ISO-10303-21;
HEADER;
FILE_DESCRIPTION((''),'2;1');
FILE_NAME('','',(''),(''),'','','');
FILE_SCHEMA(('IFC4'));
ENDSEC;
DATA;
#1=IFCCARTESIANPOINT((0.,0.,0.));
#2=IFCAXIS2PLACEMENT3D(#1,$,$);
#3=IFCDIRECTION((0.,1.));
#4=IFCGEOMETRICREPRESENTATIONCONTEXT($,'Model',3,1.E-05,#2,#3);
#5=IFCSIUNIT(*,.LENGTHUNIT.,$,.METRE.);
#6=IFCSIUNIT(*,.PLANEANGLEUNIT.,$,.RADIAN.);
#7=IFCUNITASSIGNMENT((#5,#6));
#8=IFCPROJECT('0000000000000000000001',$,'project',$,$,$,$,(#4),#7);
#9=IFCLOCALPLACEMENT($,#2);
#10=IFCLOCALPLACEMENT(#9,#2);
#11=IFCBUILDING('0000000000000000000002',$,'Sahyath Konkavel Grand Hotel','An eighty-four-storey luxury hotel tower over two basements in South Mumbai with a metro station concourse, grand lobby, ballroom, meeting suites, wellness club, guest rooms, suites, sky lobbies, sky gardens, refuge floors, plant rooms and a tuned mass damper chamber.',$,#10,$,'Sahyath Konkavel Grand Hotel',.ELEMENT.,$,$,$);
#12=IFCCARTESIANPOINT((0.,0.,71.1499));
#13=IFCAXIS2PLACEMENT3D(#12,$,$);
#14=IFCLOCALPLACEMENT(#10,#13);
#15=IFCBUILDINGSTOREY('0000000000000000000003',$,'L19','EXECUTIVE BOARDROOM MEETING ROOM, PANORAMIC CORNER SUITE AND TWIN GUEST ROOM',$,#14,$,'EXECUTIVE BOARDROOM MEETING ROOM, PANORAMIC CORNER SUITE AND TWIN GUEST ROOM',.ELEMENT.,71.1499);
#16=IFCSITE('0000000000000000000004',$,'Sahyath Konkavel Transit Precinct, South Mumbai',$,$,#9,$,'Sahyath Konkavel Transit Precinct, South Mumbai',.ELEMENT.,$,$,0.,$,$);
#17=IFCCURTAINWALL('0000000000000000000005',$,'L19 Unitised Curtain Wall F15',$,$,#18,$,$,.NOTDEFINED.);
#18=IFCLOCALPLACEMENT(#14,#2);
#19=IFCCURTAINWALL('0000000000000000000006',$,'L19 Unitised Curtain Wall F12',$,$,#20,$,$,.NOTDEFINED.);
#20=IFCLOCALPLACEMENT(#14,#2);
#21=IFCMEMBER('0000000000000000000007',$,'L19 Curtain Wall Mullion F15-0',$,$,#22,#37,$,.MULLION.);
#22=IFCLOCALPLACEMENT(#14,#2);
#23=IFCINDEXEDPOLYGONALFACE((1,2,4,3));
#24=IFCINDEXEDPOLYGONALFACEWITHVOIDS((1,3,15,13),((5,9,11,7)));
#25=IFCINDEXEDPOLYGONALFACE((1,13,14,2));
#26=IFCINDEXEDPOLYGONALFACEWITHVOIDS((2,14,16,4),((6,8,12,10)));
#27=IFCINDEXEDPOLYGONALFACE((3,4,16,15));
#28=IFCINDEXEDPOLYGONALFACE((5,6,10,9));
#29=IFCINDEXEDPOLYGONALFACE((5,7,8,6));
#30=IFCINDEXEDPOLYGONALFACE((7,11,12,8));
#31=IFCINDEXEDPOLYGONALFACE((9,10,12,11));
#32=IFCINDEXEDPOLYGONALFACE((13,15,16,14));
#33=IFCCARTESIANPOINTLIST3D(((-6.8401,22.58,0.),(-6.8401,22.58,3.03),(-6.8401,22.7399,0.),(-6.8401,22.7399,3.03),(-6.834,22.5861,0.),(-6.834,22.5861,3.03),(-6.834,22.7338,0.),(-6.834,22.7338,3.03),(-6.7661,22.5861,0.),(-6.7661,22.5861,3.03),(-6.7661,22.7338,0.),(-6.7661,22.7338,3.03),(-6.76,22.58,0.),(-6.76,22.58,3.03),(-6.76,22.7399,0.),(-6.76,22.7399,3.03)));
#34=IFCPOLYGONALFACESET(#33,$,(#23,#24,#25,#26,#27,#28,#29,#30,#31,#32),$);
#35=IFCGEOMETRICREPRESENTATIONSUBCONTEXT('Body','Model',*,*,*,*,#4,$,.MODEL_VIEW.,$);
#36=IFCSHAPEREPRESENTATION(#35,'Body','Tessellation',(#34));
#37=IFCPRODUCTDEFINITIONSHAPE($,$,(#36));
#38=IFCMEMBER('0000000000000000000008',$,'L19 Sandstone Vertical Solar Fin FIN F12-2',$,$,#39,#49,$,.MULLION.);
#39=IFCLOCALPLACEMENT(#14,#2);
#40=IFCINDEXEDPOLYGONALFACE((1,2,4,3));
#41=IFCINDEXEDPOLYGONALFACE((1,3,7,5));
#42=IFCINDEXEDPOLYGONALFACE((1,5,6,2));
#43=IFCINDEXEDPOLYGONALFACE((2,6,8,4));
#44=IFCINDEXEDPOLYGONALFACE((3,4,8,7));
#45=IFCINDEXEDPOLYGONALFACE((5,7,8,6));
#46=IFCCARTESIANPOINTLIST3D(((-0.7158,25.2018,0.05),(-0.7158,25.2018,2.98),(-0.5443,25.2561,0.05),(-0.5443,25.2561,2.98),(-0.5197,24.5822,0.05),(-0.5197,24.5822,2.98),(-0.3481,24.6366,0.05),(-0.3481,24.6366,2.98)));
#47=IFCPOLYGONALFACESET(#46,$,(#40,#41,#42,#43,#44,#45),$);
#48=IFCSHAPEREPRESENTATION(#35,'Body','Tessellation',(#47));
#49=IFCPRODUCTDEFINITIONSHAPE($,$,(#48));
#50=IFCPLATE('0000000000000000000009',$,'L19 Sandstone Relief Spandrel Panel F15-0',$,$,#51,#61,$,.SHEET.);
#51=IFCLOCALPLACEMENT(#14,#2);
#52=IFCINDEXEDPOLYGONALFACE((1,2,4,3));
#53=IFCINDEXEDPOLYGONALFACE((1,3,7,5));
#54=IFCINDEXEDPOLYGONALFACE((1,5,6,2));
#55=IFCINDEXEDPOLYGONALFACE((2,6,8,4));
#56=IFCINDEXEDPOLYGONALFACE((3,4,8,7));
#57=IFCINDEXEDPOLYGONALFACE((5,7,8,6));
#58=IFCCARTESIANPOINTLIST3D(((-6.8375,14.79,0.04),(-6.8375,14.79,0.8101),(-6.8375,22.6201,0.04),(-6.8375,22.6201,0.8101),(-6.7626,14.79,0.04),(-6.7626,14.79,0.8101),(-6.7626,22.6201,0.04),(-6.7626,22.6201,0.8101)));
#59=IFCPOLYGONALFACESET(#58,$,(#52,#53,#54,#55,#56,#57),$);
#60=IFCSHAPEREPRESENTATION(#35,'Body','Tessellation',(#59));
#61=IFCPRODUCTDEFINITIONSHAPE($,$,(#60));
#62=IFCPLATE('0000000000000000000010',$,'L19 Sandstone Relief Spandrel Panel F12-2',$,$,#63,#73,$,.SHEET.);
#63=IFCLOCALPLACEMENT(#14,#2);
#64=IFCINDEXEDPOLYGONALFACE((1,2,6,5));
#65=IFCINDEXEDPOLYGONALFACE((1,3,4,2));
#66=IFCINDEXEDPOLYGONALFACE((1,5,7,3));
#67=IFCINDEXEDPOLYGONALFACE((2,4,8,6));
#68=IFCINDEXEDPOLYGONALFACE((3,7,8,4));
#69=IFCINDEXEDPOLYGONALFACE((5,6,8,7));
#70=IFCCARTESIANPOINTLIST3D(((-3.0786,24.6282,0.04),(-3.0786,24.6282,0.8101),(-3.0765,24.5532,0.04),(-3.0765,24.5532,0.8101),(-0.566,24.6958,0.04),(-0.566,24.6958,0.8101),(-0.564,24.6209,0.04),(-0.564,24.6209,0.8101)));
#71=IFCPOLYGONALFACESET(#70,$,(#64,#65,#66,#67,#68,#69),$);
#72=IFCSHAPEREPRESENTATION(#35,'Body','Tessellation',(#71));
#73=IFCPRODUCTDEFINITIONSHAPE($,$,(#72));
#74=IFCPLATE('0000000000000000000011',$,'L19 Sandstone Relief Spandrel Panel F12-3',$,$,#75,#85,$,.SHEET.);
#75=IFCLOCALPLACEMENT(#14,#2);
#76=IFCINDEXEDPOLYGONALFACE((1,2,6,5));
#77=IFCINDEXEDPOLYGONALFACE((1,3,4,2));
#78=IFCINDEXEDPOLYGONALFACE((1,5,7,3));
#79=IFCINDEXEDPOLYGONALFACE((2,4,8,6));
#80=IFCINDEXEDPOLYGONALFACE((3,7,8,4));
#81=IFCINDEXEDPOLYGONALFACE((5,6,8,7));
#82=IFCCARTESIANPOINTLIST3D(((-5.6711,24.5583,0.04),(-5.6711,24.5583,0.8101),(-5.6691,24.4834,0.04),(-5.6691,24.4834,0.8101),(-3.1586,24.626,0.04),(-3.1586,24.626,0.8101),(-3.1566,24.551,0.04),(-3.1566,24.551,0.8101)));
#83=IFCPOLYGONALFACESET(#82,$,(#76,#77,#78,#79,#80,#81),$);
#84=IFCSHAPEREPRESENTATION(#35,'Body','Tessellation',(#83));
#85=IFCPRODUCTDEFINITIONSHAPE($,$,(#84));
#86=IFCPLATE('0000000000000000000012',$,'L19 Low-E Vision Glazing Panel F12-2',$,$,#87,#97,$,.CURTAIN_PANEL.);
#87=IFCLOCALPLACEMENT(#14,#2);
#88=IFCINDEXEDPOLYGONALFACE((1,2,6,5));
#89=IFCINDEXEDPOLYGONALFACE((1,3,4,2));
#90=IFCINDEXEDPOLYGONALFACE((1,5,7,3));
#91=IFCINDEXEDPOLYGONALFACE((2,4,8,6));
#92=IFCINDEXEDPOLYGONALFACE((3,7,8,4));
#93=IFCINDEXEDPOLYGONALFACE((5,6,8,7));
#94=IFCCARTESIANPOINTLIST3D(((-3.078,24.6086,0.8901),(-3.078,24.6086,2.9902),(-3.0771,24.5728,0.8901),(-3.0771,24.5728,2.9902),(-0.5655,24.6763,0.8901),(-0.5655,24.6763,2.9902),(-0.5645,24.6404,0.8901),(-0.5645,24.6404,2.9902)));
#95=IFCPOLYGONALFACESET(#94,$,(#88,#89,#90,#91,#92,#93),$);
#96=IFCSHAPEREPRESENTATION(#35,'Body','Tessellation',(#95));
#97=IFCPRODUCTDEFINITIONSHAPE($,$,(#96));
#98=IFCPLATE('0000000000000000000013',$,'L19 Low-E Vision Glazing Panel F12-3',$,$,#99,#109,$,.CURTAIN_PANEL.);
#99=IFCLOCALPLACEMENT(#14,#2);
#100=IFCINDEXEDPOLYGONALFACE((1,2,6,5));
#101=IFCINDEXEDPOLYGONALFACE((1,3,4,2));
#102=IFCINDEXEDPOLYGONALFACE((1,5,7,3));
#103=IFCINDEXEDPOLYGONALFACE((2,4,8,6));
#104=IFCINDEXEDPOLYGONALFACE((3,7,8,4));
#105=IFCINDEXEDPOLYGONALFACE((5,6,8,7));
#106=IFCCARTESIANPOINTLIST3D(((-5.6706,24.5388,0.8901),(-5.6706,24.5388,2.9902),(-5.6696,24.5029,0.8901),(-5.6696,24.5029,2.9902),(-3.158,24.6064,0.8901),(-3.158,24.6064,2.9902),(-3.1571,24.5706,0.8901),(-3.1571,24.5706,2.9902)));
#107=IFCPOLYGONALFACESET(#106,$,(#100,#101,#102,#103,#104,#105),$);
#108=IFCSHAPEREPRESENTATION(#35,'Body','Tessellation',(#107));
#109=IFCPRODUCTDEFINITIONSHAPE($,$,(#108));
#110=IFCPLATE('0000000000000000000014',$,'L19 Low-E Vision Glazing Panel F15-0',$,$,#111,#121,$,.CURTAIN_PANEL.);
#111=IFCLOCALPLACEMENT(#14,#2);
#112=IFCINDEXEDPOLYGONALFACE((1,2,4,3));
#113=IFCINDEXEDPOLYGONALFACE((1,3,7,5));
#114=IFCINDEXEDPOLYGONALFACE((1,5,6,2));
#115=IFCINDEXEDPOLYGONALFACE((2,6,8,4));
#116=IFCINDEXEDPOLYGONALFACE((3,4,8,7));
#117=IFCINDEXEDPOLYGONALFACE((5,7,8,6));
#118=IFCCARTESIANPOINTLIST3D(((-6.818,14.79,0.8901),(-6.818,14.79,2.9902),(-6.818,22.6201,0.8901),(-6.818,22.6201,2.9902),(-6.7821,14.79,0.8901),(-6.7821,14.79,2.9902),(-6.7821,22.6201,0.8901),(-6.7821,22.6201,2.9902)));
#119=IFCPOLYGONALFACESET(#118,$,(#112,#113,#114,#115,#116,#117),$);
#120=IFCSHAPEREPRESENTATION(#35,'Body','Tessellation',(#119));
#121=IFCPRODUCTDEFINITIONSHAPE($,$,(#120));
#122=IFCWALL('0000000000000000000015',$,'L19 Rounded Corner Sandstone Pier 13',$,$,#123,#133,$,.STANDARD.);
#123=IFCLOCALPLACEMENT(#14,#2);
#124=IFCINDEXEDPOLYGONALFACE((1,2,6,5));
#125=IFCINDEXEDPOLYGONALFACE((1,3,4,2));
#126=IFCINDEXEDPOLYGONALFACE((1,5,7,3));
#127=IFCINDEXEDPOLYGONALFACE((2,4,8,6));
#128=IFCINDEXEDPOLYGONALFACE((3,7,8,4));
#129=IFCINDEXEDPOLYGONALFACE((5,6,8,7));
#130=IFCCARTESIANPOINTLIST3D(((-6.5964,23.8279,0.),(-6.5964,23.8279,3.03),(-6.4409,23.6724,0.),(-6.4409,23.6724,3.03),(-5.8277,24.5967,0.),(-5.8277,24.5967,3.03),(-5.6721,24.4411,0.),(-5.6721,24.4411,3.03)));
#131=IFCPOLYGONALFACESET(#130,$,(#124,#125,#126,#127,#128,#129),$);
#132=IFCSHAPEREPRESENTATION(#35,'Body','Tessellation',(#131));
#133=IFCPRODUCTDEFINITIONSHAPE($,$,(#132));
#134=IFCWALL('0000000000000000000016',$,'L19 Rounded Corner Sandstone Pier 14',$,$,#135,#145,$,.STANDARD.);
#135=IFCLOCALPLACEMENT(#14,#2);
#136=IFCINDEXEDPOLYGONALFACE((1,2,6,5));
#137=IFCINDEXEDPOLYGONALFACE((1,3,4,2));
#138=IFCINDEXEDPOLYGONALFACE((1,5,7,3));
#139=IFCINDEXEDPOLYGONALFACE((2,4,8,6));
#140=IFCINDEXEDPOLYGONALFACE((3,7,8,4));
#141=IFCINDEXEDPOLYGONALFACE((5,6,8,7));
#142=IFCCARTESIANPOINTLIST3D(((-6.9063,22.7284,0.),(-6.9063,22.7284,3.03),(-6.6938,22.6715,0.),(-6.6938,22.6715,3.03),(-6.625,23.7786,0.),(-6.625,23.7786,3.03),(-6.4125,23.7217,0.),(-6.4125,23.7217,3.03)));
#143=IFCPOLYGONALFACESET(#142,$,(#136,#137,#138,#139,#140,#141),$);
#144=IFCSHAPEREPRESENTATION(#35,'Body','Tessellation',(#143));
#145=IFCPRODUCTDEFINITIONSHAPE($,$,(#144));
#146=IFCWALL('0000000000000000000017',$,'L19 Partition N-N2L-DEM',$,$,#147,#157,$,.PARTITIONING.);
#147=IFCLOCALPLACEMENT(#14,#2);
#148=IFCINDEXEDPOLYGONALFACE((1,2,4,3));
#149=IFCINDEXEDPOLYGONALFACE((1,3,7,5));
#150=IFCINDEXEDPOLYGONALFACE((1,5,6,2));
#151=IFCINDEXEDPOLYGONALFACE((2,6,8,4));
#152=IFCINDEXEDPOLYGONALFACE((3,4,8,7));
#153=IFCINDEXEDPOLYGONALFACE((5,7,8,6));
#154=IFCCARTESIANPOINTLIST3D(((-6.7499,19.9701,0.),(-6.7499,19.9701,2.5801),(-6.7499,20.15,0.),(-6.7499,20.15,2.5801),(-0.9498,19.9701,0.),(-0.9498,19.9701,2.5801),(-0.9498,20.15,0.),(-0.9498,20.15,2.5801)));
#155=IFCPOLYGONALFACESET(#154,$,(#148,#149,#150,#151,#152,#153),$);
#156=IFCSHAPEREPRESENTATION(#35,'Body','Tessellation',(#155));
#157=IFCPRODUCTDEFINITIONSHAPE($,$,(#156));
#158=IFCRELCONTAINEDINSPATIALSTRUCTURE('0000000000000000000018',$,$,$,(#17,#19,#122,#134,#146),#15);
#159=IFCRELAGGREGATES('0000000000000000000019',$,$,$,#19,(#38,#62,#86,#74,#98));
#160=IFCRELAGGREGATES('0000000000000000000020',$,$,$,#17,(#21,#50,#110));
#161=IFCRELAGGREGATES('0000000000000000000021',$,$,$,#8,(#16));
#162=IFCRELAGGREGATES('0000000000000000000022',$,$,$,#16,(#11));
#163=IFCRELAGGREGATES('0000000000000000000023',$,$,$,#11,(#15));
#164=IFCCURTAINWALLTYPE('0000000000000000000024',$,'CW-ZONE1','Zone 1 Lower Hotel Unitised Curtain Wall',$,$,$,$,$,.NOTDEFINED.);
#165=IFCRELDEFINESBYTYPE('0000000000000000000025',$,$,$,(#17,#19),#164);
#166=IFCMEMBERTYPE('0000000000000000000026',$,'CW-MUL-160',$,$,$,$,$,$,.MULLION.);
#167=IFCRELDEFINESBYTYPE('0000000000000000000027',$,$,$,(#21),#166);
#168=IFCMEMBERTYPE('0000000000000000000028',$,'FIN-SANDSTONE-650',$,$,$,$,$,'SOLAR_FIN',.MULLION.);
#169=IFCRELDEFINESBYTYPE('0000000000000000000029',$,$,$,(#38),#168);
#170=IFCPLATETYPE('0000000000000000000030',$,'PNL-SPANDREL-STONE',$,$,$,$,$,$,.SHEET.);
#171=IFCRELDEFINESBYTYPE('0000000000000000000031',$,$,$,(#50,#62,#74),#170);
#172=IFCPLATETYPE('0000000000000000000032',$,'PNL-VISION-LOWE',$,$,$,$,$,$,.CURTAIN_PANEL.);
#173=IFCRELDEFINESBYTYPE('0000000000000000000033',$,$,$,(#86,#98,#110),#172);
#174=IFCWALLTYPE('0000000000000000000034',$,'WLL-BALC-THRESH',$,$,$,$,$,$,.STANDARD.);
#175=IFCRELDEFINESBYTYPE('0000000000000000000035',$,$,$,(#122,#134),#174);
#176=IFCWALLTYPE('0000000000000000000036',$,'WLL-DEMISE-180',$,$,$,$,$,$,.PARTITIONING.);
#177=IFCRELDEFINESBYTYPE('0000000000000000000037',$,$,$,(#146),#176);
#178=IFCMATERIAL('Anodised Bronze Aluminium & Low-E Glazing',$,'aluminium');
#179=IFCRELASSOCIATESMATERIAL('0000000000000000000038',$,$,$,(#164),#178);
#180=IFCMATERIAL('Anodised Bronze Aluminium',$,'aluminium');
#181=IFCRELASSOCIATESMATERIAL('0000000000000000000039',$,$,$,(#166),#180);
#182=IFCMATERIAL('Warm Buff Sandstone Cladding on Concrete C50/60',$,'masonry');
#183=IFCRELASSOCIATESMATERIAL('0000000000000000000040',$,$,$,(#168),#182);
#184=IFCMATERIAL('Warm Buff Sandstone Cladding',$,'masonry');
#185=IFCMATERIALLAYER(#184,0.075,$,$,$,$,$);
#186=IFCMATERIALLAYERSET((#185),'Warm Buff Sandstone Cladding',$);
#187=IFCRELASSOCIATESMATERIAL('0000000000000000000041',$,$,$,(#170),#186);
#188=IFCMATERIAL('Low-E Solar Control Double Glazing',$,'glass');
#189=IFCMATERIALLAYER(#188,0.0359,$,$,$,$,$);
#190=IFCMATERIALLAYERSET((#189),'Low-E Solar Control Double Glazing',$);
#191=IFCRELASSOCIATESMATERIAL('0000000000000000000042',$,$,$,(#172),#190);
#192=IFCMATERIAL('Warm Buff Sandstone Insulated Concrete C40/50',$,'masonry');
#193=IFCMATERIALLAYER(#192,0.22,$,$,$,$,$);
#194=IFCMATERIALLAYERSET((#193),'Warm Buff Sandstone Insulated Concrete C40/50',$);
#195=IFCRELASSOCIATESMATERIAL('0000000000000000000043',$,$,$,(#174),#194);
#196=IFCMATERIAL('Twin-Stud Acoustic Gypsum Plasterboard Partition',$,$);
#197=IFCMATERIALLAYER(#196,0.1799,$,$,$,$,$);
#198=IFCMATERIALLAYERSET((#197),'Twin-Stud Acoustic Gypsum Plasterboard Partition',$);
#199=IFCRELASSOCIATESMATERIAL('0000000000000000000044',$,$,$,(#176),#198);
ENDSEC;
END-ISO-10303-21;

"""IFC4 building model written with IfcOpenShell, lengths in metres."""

from ifc_helpers import new_model, si_unit, direction, frame, frame_2d, origin, origin_2d, place, context, subcontext, project, spatial, rectangle, hollow_rectangle, extrude, source, transform, mapped, material, layer, layer_set, material_profile, profile_set, type_object, element, aggregate, save


model = new_model("IFC4")

# Units and contexts
model_context = context("Model", 3, precision=1e-05, world=origin(), true_north=direction((0.0, 1.0)))
body_context = subcontext(model_context, "Body", "Model", "MODEL_VIEW")
ifc_project = project(units=[si_unit("LENGTHUNIT", "METRE"), si_unit("PLANEANGLEUNIT", "RADIAN")], contexts=[model_context])

# Site, building, storey
site_placement = place(None, origin())
site = spatial("IfcSite", under=ifc_project, at=site_placement, Name="Sahyath Konkavel Transit Precinct, South Mumbai", LongName="Sahyath Konkavel Transit Precinct, South Mumbai", CompositionType="ELEMENT", RefElevation=0.0)
building_placement = place(site_placement, origin())
building = spatial("IfcBuilding", under=site, at=building_placement, Name="Sahyath Konkavel Grand Hotel", Description="An eighty-four-storey luxury hotel tower over two basements in South Mumbai with a metro station concourse, grand lobby, ballroom, meeting suites, wellness club, guest rooms, suites, sky lobbies, sky gardens, refuge floors, plant rooms and a tuned mass damper chamber.", LongName="Sahyath Konkavel Grand Hotel", CompositionType="ELEMENT")
storey_placement = place(building_placement, frame((0.0, 0.0, 71.1499)))
storey = spatial("IfcBuildingStorey", under=building, at=storey_placement, Name="L19", Description="EXECUTIVE BOARDROOM MEETING ROOM, PANORAMIC CORNER SUITE AND TWIN GUEST ROOM", LongName="EXECUTIVE BOARDROOM MEETING ROOM, PANORAMIC CORNER SUITE AND TWIN GUEST ROOM", CompositionType="ELEMENT", Elevation=71.1499)

# Curtain wall
ifc_material_1 = material(Name="Anodised Bronze Aluminium & Low-E Glazing", Category="aluminium")
curtain_wall_type = type_object("IfcCurtainWallType", Name="CW-ZONE1", Description="Zone 1 Lower Hotel Unitised Curtain Wall", PredefinedType="NOTDEFINED", material=ifc_material_1)
curtain_wall_1_placement = place(storey_placement, origin())
curtain_wall_1 = element("IfcCurtainWall", 1, at=curtain_wall_1_placement, inside=storey, type_object=curtain_wall_type, Name="L19 Unitised Curtain Wall F15", PredefinedType="NOTDEFINED")
ifc_material_2 = material(Name="Anodised Bronze Aluminium", Category="aluminium")

# Curtain wall
curtain_wall_2_placement = place(storey_placement, origin())
curtain_wall_2 = element("IfcCurtainWall", 2, at=curtain_wall_2_placement, inside=storey, type_object=curtain_wall_type, Name="L19 Unitised Curtain Wall F12", PredefinedType="NOTDEFINED")
ifc_material_profile_1 = material_profile(ifc_material_2, hollow_rectangle(XDim=0.0801, YDim=0.1599, WallThickness=0.0061, at=origin_2d()), Name="RHS 160x80x6")
ifc_profile_set_1 = profile_set([ifc_material_profile_1], Name="Anodised Bronze Aluminium")
member_type_1 = type_object("IfcMemberType", Name="CW-MUL-160", PredefinedType="MULLION", material=ifc_profile_set_1)
shared_shape_1 = source(origin(), body_context, "Body", "SweptSolid", [
    extrude(hollow_rectangle(XDim=0.0801, YDim=0.1599, WallThickness=0.0061, at=origin_2d()), origin(), (0.0, 0.0, 1.0), 3.03),
])

# Members
member_1_placement = place(storey_placement, frame((-6.8, 22.6599, 0.0), z_axis=(0.0, 0.0, 1.0), x_axis=(1.0, 0.0, 0.0)))
member_1 = element("IfcMember", 3, at=member_1_placement, type_object=member_type_1, Name="L19 Curtain Wall Mullion F15-0", PredefinedType="MULLION", context=body_context, shape_type="MappedRepresentation", body=[
    mapped(shared_shape_1, transform((0.0, 0.0, 0.0), scale=1.0)),
])
ifc_material_3 = material(Name="Warm Buff Sandstone Cladding on Concrete C50/60", Category="masonry")
ifc_material_profile_2 = material_profile(ifc_material_3, rectangle(XDim=0.1799, YDim=0.6499, at=origin_2d()), Name="FIN 180x650")
ifc_profile_set_2 = profile_set([ifc_material_profile_2], Name="Warm Buff Sandstone Cladding on Concrete C50/60")
member_type_2 = type_object("IfcMemberType", Name="FIN-SANDSTONE-650", ElementType="SOLAR_FIN", PredefinedType="MULLION", material=ifc_profile_set_2)
shared_shape_2 = source(origin(), body_context, "Body", "SweptSolid", [
    extrude(rectangle(XDim=0.1799, YDim=0.6499, at=origin_2d()), origin(), (0.0, 0.0, 1.0), 2.9299),
])
member_2_placement = place(storey_placement, frame((-0.532, 24.9192, 0.05), z_axis=(0.0, 0.0, 1.0), x_axis=(0.953349, 0.301871, 0.0)))
member_2 = element("IfcMember", 4, at=member_2_placement, type_object=member_type_2, Name="L19 Sandstone Vertical Solar Fin FIN F12-2", PredefinedType="MULLION", context=body_context, shape_type="MappedRepresentation", body=[
    mapped(shared_shape_2, transform((0.0, 0.0, 0.0), scale=1.0)),
])

# Plates
ifc_material_4 = material(Name="Warm Buff Sandstone Cladding", Category="masonry")
ifc_layer_1 = layer(ifc_material_4, 0.075)
ifc_layer_set_1 = layer_set([ifc_layer_1], Name="Warm Buff Sandstone Cladding")
plate_type_1 = type_object("IfcPlateType", Name="PNL-SPANDREL-STONE", PredefinedType="SHEET", material=ifc_layer_set_1)
shared_shape_3 = source(origin(), body_context, "Body", "SweptSolid", [
    extrude(rectangle(XDim=7.8301, YDim=0.075, at=origin_2d()), origin(), (0.0, 0.0, 1.0), 0.77),
])
plate_1_placement = place(storey_placement, frame((-6.8, 18.7051, 0.04), z_axis=(0.0, 0.0, 1.0), x_axis=(0.0, -1.0, 0.0)))
plate_1 = element("IfcPlate", 5, at=plate_1_placement, type_object=plate_type_1, Name="L19 Sandstone Relief Spandrel Panel F15-0", PredefinedType="SHEET", context=body_context, shape_type="MappedRepresentation", body=[
    mapped(shared_shape_3, transform((0.0, 0.0, 0.0), scale=1.0)),
])
shared_shape_4 = source(origin(), body_context, "Body", "SweptSolid", [
    extrude(rectangle(XDim=2.5134, YDim=0.075, at=origin_2d()), origin(), (0.0, 0.0, 1.0), 0.77),
])
plate_2_placement = place(storey_placement, frame((-1.8213, 24.6245, 0.04), z_axis=(0.0, 0.0, 1.0), x_axis=(-0.999638, -0.02691, 0.0)))
plate_2 = element("IfcPlate", 6, at=plate_2_placement, type_object=plate_type_1, Name="L19 Sandstone Relief Spandrel Panel F12-2", PredefinedType="SHEET", context=body_context, shape_type="MappedRepresentation", body=[
    mapped(shared_shape_4, transform((0.0, 0.0, 0.0), scale=1.0)),
])
plate_3_placement = place(storey_placement, frame((-4.4138, 24.5547, 0.04), z_axis=(0.0, 0.0, 1.0), x_axis=(-0.999638, -0.02691, 0.0)))
plate_3 = element("IfcPlate", 7, at=plate_3_placement, type_object=plate_type_1, Name="L19 Sandstone Relief Spandrel Panel F12-3", PredefinedType="SHEET", context=body_context, shape_type="MappedRepresentation", body=[
    mapped(shared_shape_4, transform((0.0, 0.0, 0.0), scale=1.0)),
])
ifc_material_5 = material(Name="Low-E Solar Control Double Glazing", Category="glass")
ifc_layer_2 = layer(ifc_material_5, 0.0359)
ifc_layer_set_2 = layer_set([ifc_layer_2], Name="Low-E Solar Control Double Glazing")
plate_type_2 = type_object("IfcPlateType", Name="PNL-VISION-LOWE", PredefinedType="CURTAIN_PANEL", material=ifc_layer_set_2)
shared_shape_5 = source(origin(), body_context, "Body", "SweptSolid", [
    extrude(rectangle(XDim=2.5134, YDim=0.0359, at=origin_2d()), origin(), (0.0, 0.0, 1.0), 2.1001),
])
plate_4_placement = place(storey_placement, frame((-1.8213, 24.6245, 0.8901), z_axis=(0.0, 0.0, 1.0), x_axis=(-0.999638, -0.02691, 0.0)))
plate_4 = element("IfcPlate", 8, at=plate_4_placement, type_object=plate_type_2, Name="L19 Low-E Vision Glazing Panel F12-2", PredefinedType="CURTAIN_PANEL", context=body_context, shape_type="MappedRepresentation", body=[
    mapped(shared_shape_5, transform((0.0, 0.0, 0.0), scale=1.0)),
])
plate_5_placement = place(storey_placement, frame((-4.4138, 24.5547, 0.8901), z_axis=(0.0, 0.0, 1.0), x_axis=(-0.999638, -0.02691, 0.0)))
plate_5 = element("IfcPlate", 9, at=plate_5_placement, type_object=plate_type_2, Name="L19 Low-E Vision Glazing Panel F12-3", PredefinedType="CURTAIN_PANEL", context=body_context, shape_type="MappedRepresentation", body=[
    mapped(shared_shape_5, transform((0.0, 0.0, 0.0), scale=1.0)),
])
aggregate(curtain_wall_2, [member_2, plate_2, plate_4, plate_3, plate_5])
shared_shape_6 = source(origin(), body_context, "Body", "SweptSolid", [
    extrude(rectangle(XDim=7.8301, YDim=0.0359, at=origin_2d()), origin(), (0.0, 0.0, 1.0), 2.1001),
])
plate_6_placement = place(storey_placement, frame((-6.8, 18.7051, 0.8901), z_axis=(0.0, 0.0, 1.0), x_axis=(0.0, -1.0, 0.0)))
plate_6 = element("IfcPlate", 10, at=plate_6_placement, type_object=plate_type_2, Name="L19 Low-E Vision Glazing Panel F15-0", PredefinedType="CURTAIN_PANEL", context=body_context, shape_type="MappedRepresentation", body=[
    mapped(shared_shape_6, transform((0.0, 0.0, 0.0), scale=1.0)),
])
aggregate(curtain_wall_1, [member_1, plate_1, plate_6])

# Walls
ifc_material_6 = material(Name="Warm Buff Sandstone Insulated Concrete C40/50", Category="masonry")
ifc_layer_3 = layer(ifc_material_6, 0.22)
ifc_layer_set_3 = layer_set([ifc_layer_3], Name="Warm Buff Sandstone Insulated Concrete C40/50")
wall_type_1 = type_object("IfcWallType", Name="WLL-BALC-THRESH", PredefinedType="STANDARD", material=ifc_layer_set_3)
for number, where, z_axis, x_axis, name in (
    (11, (-5.75, 24.5188, 0.0), (0.0, 0.0, 1.0), (-0.707107, -0.707107, 0.0), "L19 Rounded Corner Sandstone Pier 13"),
    (12, (-6.5188, 23.75, 0.0), (0.0, 0.0, 1.0), (-0.258725, -0.965951, 0.0), "L19 Rounded Corner Sandstone Pier 14"),
):
    element("IfcWall", number, at=place(storey_placement, frame(where, z_axis=z_axis, x_axis=x_axis)), inside=storey, type_object=wall_type_1, Name=name, PredefinedType="STANDARD", context=body_context, shape_type="SweptSolid", body=[
        extrude(rectangle(XDim=1.0872, YDim=0.22, at=frame_2d((0.5435, 0.0))), origin(), (0.0, 0.0, 1.0), 3.03),
    ])
ifc_material_7 = material(Name="Twin-Stud Acoustic Gypsum Plasterboard Partition")
ifc_layer_4 = layer(ifc_material_7, 0.1799)
ifc_layer_set_4 = layer_set([ifc_layer_4], Name="Twin-Stud Acoustic Gypsum Plasterboard Partition")
wall_type_2 = type_object("IfcWallType", Name="WLL-DEMISE-180", PredefinedType="PARTITIONING", material=ifc_layer_set_4)
wall_1_placement = place(storey_placement, frame((-0.95, 20.0601, 0.0), z_axis=(0.0, 0.0, 1.0), x_axis=(-1.0, 0.0, 0.0)))
element("IfcWall", 13, at=wall_1_placement, inside=storey, type_object=wall_type_2, Name="L19 Partition N-N2L-DEM", PredefinedType="PARTITIONING", context=body_context, shape_type="SweptSolid", body=[
    extrude(rectangle(XDim=5.8, YDim=0.1799, at=frame_2d((2.8999, 0.0))), origin(), (0.0, 0.0, 1.0), 2.5801),
])

save(model, "model.ifc")
